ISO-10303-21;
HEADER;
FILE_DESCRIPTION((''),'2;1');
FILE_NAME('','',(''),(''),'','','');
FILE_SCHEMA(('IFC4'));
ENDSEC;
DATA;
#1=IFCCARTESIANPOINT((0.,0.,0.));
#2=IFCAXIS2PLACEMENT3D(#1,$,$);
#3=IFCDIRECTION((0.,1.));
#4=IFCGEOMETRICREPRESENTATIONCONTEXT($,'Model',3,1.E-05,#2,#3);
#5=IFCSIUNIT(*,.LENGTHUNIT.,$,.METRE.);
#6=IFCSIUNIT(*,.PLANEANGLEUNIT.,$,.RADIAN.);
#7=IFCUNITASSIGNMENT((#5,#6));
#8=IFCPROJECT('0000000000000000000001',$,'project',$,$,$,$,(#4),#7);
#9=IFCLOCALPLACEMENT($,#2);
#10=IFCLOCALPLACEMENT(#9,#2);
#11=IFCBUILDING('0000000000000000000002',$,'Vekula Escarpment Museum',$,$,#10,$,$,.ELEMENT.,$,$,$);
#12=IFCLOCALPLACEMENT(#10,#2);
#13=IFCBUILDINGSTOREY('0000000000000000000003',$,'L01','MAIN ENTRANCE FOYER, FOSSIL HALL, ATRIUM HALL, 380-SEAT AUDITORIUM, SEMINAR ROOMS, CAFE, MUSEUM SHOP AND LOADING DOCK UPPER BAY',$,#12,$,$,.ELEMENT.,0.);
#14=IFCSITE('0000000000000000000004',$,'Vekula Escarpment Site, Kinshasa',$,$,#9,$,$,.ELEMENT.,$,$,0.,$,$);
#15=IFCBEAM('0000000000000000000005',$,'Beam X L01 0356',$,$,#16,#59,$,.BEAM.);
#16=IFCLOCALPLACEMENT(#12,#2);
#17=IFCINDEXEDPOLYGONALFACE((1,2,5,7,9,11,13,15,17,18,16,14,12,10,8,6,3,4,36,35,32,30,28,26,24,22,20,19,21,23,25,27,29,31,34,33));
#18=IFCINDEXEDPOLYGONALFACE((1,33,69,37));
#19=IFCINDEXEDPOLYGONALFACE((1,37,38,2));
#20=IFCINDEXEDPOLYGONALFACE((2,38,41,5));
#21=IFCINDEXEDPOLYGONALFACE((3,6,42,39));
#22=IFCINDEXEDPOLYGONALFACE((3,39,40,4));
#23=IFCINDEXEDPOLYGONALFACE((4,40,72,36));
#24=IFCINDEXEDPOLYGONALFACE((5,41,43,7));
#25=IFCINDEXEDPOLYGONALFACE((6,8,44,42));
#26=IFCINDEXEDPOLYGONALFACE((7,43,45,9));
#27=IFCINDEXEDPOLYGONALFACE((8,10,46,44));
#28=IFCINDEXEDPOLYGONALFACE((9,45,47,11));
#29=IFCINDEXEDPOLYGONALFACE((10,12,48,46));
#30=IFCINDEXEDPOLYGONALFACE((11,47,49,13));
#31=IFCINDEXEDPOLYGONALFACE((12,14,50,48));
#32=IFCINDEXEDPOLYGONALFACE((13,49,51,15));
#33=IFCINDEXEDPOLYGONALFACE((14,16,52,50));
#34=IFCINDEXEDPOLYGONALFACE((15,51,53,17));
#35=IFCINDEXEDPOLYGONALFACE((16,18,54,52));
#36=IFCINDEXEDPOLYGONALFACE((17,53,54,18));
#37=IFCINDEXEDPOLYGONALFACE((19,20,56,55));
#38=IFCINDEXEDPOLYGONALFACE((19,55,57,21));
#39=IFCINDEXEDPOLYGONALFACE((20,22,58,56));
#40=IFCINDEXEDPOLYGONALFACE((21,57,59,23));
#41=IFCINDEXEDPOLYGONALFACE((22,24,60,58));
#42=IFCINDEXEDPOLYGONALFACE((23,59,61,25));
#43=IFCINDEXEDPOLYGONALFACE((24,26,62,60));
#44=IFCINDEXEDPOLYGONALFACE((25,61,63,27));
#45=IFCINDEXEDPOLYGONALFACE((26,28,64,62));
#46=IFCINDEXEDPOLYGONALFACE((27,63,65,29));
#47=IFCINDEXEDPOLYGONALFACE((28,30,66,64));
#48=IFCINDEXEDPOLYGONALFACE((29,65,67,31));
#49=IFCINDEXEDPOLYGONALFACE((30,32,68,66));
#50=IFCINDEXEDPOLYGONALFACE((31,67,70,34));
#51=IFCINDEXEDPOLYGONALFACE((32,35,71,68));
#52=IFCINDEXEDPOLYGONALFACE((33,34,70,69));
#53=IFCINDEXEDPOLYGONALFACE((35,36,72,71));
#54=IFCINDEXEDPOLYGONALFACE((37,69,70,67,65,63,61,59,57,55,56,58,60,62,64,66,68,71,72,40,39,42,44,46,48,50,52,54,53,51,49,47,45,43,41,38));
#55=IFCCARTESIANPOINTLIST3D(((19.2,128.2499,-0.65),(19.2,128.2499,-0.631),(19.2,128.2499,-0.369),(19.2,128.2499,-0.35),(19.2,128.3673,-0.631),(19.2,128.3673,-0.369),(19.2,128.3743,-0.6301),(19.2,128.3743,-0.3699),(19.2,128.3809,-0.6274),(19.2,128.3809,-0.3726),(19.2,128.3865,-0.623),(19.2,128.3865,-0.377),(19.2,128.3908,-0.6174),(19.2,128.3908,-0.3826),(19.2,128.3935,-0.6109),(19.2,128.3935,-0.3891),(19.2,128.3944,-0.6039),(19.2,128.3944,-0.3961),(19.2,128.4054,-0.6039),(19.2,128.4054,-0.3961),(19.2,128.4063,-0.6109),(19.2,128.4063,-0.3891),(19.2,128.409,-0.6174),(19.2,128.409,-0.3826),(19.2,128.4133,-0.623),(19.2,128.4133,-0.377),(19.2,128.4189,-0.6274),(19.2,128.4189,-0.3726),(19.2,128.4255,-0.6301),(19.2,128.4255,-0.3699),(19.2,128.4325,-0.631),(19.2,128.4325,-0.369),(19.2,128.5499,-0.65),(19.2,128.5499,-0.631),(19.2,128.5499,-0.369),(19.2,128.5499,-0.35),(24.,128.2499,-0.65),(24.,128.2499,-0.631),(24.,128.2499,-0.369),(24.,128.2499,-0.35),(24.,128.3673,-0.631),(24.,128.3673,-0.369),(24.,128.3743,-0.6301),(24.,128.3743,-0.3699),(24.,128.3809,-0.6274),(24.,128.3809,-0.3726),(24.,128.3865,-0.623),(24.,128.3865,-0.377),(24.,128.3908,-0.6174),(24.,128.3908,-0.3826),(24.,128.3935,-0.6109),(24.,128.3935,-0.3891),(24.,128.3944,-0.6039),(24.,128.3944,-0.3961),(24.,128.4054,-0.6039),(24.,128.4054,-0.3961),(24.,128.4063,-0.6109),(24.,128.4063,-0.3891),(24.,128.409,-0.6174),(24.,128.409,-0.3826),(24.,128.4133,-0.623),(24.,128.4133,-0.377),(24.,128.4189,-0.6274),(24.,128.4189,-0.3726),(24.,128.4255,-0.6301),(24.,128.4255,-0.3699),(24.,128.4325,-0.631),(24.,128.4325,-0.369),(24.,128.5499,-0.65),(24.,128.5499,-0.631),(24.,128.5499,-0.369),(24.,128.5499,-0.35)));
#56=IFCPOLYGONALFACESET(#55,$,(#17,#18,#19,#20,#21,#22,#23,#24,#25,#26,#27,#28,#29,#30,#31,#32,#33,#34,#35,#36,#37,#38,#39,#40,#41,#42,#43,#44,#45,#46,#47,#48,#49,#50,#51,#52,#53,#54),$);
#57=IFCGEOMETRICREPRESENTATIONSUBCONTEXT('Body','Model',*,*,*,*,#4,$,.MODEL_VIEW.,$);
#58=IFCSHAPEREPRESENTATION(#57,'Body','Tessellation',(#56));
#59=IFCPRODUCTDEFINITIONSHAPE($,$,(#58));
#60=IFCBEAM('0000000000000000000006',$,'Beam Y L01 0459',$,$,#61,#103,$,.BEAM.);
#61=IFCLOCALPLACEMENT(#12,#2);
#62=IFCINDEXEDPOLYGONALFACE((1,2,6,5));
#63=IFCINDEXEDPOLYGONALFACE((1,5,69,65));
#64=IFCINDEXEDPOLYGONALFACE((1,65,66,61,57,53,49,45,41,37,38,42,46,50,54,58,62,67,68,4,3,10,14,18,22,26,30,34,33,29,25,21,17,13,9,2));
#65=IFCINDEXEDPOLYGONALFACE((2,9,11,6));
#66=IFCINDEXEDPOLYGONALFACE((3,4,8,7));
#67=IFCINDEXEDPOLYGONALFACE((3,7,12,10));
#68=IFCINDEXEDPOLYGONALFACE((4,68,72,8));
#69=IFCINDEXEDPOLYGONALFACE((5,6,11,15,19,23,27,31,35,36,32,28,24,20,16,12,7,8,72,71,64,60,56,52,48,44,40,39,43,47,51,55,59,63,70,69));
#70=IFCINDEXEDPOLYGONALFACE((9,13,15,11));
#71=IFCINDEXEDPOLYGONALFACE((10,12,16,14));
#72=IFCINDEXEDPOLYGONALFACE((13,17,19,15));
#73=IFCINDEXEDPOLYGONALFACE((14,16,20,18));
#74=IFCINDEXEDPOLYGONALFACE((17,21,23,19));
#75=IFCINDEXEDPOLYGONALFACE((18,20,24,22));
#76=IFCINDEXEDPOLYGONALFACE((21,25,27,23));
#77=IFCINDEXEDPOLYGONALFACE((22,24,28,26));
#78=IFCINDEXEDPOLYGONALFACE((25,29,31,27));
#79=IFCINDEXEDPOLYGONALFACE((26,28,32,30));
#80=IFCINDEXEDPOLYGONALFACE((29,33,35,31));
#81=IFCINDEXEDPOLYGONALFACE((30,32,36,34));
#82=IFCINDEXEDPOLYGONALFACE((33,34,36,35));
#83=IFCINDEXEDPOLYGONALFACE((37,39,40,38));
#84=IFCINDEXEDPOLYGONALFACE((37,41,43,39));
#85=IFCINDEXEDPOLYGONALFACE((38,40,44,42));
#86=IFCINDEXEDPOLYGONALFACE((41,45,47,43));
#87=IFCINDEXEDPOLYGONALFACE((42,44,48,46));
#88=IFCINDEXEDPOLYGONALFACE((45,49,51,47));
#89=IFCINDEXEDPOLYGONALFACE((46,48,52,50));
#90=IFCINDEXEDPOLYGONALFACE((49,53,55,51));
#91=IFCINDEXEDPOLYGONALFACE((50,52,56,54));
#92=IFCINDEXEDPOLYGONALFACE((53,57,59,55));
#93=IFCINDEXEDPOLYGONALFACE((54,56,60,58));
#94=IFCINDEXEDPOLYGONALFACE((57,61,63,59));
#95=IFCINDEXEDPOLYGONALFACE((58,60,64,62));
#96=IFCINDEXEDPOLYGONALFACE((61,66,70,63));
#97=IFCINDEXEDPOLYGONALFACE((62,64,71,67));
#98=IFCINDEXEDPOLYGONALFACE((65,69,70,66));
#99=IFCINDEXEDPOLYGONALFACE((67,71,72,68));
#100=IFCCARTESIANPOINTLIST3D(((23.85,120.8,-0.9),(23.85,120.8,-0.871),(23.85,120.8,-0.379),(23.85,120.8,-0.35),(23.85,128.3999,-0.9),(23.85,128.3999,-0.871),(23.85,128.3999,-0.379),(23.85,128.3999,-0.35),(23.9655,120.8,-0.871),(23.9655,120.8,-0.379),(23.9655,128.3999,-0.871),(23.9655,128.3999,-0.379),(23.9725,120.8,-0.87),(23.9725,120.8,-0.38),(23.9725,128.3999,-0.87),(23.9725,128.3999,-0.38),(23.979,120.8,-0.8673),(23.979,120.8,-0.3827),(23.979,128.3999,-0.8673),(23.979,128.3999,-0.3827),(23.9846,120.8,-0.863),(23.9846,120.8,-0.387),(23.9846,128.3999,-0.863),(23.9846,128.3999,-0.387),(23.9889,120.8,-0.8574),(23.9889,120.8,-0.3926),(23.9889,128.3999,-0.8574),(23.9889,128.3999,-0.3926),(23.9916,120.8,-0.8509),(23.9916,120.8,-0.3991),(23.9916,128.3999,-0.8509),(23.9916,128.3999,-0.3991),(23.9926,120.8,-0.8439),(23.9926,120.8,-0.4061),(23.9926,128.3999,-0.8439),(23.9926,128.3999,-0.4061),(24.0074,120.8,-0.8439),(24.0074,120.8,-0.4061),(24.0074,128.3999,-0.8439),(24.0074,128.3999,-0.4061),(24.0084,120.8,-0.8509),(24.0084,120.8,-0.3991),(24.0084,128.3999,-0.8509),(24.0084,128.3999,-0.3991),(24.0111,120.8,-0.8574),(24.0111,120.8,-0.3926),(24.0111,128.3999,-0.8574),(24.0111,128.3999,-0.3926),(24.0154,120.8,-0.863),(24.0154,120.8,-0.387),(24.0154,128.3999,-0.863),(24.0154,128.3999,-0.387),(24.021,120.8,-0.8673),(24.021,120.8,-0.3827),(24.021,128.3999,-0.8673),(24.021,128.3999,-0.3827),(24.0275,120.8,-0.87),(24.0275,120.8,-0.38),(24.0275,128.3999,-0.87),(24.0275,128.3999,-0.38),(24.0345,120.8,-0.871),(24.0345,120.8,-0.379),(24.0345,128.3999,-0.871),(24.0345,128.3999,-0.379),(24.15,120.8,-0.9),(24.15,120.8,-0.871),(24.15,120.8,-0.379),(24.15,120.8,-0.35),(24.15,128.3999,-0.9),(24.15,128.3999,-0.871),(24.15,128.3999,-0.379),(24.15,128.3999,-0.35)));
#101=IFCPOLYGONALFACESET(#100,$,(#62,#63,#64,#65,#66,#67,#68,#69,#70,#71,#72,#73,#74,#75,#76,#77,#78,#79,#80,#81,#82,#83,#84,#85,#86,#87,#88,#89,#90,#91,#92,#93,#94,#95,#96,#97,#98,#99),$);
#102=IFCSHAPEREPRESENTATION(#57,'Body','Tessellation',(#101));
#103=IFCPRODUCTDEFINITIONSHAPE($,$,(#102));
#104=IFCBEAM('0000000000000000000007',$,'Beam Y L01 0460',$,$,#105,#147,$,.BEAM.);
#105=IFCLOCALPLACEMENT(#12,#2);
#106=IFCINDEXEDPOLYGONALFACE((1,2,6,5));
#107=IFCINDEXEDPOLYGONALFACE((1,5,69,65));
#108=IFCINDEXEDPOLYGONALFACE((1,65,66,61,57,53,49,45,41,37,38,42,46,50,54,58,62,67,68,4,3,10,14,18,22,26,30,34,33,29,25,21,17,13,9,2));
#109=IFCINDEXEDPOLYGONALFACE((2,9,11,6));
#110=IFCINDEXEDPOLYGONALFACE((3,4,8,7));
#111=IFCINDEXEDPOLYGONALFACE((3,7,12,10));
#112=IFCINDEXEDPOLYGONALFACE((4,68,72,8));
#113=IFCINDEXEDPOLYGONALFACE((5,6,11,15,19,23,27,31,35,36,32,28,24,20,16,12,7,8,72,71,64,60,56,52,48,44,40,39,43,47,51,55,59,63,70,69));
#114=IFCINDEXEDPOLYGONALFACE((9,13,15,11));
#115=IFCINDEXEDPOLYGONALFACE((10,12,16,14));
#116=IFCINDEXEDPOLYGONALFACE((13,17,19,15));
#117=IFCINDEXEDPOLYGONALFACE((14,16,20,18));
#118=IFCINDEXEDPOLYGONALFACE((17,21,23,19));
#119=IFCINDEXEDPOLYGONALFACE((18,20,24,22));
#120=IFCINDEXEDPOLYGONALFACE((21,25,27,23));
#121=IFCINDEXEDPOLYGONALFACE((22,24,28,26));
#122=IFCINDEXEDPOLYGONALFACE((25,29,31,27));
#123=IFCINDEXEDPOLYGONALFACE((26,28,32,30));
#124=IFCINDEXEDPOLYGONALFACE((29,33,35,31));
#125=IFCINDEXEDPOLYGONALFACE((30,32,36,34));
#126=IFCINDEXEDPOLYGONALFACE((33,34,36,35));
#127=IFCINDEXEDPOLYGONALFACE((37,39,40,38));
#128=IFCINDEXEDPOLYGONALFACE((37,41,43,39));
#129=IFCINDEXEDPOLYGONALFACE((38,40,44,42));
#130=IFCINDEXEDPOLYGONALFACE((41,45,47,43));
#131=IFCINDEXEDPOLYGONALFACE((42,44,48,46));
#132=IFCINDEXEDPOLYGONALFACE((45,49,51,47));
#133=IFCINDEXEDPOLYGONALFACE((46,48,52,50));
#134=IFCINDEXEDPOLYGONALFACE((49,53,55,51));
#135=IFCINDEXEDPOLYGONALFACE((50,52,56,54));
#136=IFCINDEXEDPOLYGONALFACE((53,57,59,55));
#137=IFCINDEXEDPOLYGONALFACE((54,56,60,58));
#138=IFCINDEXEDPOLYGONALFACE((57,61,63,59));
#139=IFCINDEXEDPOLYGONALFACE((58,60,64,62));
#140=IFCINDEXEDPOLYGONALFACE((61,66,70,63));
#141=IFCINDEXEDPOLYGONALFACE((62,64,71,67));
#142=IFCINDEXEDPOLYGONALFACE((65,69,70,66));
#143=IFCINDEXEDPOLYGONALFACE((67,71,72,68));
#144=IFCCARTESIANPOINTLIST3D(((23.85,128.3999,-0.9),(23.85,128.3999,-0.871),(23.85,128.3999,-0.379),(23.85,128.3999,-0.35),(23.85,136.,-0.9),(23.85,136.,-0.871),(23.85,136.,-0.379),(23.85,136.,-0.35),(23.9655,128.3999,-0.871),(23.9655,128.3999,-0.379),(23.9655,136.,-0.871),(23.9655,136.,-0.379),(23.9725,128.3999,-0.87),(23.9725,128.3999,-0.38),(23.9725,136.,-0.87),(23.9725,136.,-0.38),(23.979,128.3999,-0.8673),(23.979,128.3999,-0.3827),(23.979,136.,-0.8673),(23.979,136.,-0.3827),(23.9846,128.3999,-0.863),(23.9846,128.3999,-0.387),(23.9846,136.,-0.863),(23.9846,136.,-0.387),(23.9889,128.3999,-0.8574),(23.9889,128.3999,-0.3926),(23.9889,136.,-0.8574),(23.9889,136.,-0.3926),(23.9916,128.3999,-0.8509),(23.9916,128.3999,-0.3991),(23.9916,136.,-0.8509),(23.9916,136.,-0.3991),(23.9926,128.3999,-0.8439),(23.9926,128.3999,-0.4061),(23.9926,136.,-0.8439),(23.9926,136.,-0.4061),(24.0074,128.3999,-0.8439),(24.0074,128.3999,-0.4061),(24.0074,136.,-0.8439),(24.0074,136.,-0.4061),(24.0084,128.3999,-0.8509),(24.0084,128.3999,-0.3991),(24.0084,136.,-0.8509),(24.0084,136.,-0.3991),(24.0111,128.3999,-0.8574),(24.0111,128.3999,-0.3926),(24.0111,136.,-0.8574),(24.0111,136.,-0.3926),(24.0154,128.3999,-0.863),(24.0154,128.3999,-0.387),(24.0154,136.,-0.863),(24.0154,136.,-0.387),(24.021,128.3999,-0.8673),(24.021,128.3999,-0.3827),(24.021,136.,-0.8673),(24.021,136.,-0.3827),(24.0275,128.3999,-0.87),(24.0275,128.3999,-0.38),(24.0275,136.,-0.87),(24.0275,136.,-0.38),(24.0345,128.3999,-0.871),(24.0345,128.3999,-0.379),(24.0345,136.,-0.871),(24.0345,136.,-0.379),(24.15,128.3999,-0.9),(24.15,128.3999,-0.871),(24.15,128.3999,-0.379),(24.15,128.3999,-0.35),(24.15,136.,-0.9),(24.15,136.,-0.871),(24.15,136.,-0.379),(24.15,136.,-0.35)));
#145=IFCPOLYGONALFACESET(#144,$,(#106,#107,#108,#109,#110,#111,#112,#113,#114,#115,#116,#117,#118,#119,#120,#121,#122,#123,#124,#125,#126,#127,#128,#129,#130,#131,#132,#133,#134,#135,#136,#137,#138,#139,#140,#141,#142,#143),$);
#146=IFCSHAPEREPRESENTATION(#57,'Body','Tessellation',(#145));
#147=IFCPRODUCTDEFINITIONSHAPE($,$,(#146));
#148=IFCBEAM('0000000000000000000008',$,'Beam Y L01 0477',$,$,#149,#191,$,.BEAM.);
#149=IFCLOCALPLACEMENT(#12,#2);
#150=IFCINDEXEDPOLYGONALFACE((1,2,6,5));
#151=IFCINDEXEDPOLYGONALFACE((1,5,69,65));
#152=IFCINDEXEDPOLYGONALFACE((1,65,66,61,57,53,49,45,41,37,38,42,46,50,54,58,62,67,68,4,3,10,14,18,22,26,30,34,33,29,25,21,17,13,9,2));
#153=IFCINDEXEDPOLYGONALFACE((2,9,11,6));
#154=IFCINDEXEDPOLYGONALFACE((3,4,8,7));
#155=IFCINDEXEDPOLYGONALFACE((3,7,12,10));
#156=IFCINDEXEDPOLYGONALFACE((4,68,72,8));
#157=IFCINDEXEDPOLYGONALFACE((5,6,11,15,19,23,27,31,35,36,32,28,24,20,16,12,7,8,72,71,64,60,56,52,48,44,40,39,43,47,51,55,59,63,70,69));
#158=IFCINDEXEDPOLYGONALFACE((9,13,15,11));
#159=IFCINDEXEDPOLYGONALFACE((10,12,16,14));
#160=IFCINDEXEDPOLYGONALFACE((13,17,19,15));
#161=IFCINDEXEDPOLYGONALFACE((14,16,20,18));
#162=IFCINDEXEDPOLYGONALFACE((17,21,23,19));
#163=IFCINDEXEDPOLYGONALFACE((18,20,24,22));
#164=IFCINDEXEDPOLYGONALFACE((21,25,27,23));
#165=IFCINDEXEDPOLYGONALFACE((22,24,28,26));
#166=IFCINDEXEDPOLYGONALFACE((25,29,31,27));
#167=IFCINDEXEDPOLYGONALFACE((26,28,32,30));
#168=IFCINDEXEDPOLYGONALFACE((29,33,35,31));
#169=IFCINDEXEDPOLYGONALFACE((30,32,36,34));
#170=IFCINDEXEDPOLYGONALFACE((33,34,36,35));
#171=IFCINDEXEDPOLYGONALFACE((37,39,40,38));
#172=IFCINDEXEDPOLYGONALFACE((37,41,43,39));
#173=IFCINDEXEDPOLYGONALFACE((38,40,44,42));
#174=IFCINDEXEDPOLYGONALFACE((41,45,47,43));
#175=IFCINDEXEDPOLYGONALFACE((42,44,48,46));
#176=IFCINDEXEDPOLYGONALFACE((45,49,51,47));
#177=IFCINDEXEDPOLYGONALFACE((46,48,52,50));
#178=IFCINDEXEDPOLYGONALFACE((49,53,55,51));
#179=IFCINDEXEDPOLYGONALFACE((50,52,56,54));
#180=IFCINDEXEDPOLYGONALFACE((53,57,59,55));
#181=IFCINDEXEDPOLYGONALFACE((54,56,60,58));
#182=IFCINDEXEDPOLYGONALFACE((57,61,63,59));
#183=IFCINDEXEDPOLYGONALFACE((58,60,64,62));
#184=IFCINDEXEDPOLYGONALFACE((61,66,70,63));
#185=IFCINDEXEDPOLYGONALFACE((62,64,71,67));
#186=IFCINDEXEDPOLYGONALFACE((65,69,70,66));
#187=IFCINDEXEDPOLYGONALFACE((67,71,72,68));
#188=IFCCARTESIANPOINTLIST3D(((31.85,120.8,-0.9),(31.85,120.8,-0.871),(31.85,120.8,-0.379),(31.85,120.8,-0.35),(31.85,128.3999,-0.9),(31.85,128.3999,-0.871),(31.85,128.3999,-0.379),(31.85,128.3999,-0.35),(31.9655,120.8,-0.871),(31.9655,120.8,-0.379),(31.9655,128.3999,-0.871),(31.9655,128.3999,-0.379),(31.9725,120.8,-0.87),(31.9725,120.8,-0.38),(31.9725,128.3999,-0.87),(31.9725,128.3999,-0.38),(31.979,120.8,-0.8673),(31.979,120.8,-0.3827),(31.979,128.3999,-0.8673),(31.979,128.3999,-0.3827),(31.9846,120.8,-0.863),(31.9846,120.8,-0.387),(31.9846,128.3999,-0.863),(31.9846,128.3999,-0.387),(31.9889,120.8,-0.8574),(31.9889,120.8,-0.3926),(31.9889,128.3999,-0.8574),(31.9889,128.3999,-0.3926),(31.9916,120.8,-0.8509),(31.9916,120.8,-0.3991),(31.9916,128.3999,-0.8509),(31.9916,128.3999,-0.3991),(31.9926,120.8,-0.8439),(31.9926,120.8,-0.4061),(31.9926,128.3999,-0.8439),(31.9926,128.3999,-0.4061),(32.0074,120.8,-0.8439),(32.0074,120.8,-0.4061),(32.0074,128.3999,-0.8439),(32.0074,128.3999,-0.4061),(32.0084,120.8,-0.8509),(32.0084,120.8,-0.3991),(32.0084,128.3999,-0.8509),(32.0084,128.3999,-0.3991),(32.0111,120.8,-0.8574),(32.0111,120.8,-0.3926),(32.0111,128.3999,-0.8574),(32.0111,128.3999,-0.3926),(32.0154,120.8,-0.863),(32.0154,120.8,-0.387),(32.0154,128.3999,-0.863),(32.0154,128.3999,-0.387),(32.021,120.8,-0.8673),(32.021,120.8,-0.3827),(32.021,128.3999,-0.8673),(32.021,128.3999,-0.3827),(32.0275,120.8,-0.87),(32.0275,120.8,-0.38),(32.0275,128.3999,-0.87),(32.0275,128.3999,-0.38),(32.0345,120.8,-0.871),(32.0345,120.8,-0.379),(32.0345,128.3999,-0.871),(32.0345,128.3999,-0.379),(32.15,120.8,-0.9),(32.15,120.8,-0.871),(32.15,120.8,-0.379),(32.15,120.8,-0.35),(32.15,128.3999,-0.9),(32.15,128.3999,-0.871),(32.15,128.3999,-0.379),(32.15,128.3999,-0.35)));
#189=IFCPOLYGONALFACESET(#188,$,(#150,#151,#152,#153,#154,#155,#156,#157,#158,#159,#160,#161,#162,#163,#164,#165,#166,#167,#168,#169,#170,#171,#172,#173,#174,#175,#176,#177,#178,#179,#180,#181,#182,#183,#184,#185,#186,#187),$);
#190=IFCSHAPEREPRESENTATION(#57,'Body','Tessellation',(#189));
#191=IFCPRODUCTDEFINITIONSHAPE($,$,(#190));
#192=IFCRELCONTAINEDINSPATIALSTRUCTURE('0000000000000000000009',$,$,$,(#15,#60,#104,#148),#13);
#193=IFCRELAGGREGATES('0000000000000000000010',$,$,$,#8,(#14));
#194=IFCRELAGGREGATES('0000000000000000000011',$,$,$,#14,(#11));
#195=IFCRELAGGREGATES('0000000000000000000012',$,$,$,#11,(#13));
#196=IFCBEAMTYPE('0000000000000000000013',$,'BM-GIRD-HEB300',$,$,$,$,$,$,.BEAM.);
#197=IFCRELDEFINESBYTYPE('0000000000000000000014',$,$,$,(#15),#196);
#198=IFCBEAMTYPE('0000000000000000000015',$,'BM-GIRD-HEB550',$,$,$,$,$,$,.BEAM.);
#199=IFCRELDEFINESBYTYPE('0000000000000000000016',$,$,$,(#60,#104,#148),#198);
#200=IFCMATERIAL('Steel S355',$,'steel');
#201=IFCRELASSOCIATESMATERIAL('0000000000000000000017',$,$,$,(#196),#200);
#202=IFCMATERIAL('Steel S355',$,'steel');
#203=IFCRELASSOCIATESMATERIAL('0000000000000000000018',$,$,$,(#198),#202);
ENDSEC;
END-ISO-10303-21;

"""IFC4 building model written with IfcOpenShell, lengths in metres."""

from ifc_helpers import new_model, si_unit, direction, frame, origin, origin_2d, place, context, subcontext, project, spatial, i_section, extrude, material, material_profile, profile_set, type_object, element, save


model = new_model("IFC4")

# Units and contexts
model_context = context("Model", 3, precision=1e-05, world=origin(), true_north=direction((0.0, 1.0)))
body_context = subcontext(model_context, "Body", "Model", "MODEL_VIEW")
ifc_project = project(units=[si_unit("LENGTHUNIT", "METRE"), si_unit("PLANEANGLEUNIT", "RADIAN")], contexts=[model_context])

# Site, building, storey
site_placement = place(None, origin())
site = spatial("IfcSite", under=ifc_project, at=site_placement, Name="Vekula Escarpment Site, Kinshasa", CompositionType="ELEMENT", RefElevation=0.0)
building_placement = place(site_placement, origin())
building = spatial("IfcBuilding", under=site, at=building_placement, Name="Vekula Escarpment Museum", CompositionType="ELEMENT")
storey_placement = place(building_placement, origin())
storey = spatial("IfcBuildingStorey", under=building, at=storey_placement, Name="L01", Description="MAIN ENTRANCE FOYER, FOSSIL HALL, ATRIUM HALL, 380-SEAT AUDITORIUM, SEMINAR ROOMS, CAFE, MUSEUM SHOP AND LOADING DOCK UPPER BAY", CompositionType="ELEMENT", Elevation=0.0)

# Beams
ifc_material_1 = material(Name="Steel S355", Category="steel")
ifc_material_profile_1 = material_profile(ifc_material_1, i_section(OverallWidth=0.3, OverallDepth=0.3, WebThickness=0.011, FlangeThickness=0.019, FilletRadius=0.0271, at=origin_2d()), Name="HEB 300")
ifc_profile_set_1 = profile_set([ifc_material_profile_1], Name="Steel S355")
beam_type_1 = type_object("IfcBeamType", Name="BM-GIRD-HEB300", PredefinedType="BEAM", material=ifc_profile_set_1)
beam_1_placement = place(storey_placement, frame((19.2, 128.3999, -0.5), z_axis=(1.0, 0.0, 0.0), x_axis=(0.0, 1.0, 0.0)))
element("IfcBeam", 1, at=beam_1_placement, inside=storey, type_object=beam_type_1, Name="Beam X L01 0356", PredefinedType="BEAM", context=body_context, shape_type="SweptSolid", body=[
    extrude(i_section(OverallWidth=0.3, OverallDepth=0.3, WebThickness=0.011, FlangeThickness=0.019, FilletRadius=0.0271, at=origin_2d()), origin(), (0.0, 0.0, 1.0), 4.8),
])
ifc_material_2 = material(Name="Steel S355", Category="steel")
ifc_material_profile_2 = material_profile(ifc_material_2, i_section(OverallWidth=0.3, OverallDepth=0.55, WebThickness=0.0149, FlangeThickness=0.0291, FilletRadius=0.0271, at=origin_2d()), Name="HEB 550")
ifc_profile_set_2 = profile_set([ifc_material_profile_2], Name="Steel S355")
beam_type_2 = type_object("IfcBeamType", Name="BM-GIRD-HEB550", PredefinedType="BEAM", material=ifc_profile_set_2)
beam_2_placement = place(storey_placement, frame((24.0, 120.8, -0.625), z_axis=(0.0, 1.0, 0.0), x_axis=(-1.0, 0.0, 0.0)))
element("IfcBeam", 2, at=beam_2_placement, inside=storey, type_object=beam_type_2, Name="Beam Y L01 0459", PredefinedType="BEAM", context=body_context, shape_type="SweptSolid", body=[
    extrude(i_section(OverallWidth=0.3, OverallDepth=0.55, WebThickness=0.0149, FlangeThickness=0.0291, FilletRadius=0.0271, at=origin_2d()), origin(), (0.0, 0.0, 1.0), 7.5999),
])
beam_3_placement = place(storey_placement, frame((24.0, 128.3999, -0.625), z_axis=(0.0, 1.0, 0.0), x_axis=(-1.0, 0.0, 0.0)))
element("IfcBeam", 3, at=beam_3_placement, inside=storey, type_object=beam_type_2, Name="Beam Y L01 0460", PredefinedType="BEAM", context=body_context, shape_type="SweptSolid", body=[
    extrude(i_section(OverallWidth=0.3, OverallDepth=0.55, WebThickness=0.0149, FlangeThickness=0.0291, FilletRadius=0.0271, at=origin_2d()), origin(), (0.0, 0.0, 1.0), 7.6001),
])
beam_4_placement = place(storey_placement, frame((32.0, 120.8, -0.625), z_axis=(0.0, 1.0, 0.0), x_axis=(-1.0, 0.0, 0.0)))
element("IfcBeam", 4, at=beam_4_placement, inside=storey, type_object=beam_type_2, Name="Beam Y L01 0477", PredefinedType="BEAM", context=body_context, shape_type="SweptSolid", body=[
    extrude(i_section(OverallWidth=0.3, OverallDepth=0.55, WebThickness=0.0149, FlangeThickness=0.0291, FilletRadius=0.0271, at=origin_2d()), origin(), (0.0, 0.0, 1.0), 7.5999),
])

save(model, "model.ifc")
